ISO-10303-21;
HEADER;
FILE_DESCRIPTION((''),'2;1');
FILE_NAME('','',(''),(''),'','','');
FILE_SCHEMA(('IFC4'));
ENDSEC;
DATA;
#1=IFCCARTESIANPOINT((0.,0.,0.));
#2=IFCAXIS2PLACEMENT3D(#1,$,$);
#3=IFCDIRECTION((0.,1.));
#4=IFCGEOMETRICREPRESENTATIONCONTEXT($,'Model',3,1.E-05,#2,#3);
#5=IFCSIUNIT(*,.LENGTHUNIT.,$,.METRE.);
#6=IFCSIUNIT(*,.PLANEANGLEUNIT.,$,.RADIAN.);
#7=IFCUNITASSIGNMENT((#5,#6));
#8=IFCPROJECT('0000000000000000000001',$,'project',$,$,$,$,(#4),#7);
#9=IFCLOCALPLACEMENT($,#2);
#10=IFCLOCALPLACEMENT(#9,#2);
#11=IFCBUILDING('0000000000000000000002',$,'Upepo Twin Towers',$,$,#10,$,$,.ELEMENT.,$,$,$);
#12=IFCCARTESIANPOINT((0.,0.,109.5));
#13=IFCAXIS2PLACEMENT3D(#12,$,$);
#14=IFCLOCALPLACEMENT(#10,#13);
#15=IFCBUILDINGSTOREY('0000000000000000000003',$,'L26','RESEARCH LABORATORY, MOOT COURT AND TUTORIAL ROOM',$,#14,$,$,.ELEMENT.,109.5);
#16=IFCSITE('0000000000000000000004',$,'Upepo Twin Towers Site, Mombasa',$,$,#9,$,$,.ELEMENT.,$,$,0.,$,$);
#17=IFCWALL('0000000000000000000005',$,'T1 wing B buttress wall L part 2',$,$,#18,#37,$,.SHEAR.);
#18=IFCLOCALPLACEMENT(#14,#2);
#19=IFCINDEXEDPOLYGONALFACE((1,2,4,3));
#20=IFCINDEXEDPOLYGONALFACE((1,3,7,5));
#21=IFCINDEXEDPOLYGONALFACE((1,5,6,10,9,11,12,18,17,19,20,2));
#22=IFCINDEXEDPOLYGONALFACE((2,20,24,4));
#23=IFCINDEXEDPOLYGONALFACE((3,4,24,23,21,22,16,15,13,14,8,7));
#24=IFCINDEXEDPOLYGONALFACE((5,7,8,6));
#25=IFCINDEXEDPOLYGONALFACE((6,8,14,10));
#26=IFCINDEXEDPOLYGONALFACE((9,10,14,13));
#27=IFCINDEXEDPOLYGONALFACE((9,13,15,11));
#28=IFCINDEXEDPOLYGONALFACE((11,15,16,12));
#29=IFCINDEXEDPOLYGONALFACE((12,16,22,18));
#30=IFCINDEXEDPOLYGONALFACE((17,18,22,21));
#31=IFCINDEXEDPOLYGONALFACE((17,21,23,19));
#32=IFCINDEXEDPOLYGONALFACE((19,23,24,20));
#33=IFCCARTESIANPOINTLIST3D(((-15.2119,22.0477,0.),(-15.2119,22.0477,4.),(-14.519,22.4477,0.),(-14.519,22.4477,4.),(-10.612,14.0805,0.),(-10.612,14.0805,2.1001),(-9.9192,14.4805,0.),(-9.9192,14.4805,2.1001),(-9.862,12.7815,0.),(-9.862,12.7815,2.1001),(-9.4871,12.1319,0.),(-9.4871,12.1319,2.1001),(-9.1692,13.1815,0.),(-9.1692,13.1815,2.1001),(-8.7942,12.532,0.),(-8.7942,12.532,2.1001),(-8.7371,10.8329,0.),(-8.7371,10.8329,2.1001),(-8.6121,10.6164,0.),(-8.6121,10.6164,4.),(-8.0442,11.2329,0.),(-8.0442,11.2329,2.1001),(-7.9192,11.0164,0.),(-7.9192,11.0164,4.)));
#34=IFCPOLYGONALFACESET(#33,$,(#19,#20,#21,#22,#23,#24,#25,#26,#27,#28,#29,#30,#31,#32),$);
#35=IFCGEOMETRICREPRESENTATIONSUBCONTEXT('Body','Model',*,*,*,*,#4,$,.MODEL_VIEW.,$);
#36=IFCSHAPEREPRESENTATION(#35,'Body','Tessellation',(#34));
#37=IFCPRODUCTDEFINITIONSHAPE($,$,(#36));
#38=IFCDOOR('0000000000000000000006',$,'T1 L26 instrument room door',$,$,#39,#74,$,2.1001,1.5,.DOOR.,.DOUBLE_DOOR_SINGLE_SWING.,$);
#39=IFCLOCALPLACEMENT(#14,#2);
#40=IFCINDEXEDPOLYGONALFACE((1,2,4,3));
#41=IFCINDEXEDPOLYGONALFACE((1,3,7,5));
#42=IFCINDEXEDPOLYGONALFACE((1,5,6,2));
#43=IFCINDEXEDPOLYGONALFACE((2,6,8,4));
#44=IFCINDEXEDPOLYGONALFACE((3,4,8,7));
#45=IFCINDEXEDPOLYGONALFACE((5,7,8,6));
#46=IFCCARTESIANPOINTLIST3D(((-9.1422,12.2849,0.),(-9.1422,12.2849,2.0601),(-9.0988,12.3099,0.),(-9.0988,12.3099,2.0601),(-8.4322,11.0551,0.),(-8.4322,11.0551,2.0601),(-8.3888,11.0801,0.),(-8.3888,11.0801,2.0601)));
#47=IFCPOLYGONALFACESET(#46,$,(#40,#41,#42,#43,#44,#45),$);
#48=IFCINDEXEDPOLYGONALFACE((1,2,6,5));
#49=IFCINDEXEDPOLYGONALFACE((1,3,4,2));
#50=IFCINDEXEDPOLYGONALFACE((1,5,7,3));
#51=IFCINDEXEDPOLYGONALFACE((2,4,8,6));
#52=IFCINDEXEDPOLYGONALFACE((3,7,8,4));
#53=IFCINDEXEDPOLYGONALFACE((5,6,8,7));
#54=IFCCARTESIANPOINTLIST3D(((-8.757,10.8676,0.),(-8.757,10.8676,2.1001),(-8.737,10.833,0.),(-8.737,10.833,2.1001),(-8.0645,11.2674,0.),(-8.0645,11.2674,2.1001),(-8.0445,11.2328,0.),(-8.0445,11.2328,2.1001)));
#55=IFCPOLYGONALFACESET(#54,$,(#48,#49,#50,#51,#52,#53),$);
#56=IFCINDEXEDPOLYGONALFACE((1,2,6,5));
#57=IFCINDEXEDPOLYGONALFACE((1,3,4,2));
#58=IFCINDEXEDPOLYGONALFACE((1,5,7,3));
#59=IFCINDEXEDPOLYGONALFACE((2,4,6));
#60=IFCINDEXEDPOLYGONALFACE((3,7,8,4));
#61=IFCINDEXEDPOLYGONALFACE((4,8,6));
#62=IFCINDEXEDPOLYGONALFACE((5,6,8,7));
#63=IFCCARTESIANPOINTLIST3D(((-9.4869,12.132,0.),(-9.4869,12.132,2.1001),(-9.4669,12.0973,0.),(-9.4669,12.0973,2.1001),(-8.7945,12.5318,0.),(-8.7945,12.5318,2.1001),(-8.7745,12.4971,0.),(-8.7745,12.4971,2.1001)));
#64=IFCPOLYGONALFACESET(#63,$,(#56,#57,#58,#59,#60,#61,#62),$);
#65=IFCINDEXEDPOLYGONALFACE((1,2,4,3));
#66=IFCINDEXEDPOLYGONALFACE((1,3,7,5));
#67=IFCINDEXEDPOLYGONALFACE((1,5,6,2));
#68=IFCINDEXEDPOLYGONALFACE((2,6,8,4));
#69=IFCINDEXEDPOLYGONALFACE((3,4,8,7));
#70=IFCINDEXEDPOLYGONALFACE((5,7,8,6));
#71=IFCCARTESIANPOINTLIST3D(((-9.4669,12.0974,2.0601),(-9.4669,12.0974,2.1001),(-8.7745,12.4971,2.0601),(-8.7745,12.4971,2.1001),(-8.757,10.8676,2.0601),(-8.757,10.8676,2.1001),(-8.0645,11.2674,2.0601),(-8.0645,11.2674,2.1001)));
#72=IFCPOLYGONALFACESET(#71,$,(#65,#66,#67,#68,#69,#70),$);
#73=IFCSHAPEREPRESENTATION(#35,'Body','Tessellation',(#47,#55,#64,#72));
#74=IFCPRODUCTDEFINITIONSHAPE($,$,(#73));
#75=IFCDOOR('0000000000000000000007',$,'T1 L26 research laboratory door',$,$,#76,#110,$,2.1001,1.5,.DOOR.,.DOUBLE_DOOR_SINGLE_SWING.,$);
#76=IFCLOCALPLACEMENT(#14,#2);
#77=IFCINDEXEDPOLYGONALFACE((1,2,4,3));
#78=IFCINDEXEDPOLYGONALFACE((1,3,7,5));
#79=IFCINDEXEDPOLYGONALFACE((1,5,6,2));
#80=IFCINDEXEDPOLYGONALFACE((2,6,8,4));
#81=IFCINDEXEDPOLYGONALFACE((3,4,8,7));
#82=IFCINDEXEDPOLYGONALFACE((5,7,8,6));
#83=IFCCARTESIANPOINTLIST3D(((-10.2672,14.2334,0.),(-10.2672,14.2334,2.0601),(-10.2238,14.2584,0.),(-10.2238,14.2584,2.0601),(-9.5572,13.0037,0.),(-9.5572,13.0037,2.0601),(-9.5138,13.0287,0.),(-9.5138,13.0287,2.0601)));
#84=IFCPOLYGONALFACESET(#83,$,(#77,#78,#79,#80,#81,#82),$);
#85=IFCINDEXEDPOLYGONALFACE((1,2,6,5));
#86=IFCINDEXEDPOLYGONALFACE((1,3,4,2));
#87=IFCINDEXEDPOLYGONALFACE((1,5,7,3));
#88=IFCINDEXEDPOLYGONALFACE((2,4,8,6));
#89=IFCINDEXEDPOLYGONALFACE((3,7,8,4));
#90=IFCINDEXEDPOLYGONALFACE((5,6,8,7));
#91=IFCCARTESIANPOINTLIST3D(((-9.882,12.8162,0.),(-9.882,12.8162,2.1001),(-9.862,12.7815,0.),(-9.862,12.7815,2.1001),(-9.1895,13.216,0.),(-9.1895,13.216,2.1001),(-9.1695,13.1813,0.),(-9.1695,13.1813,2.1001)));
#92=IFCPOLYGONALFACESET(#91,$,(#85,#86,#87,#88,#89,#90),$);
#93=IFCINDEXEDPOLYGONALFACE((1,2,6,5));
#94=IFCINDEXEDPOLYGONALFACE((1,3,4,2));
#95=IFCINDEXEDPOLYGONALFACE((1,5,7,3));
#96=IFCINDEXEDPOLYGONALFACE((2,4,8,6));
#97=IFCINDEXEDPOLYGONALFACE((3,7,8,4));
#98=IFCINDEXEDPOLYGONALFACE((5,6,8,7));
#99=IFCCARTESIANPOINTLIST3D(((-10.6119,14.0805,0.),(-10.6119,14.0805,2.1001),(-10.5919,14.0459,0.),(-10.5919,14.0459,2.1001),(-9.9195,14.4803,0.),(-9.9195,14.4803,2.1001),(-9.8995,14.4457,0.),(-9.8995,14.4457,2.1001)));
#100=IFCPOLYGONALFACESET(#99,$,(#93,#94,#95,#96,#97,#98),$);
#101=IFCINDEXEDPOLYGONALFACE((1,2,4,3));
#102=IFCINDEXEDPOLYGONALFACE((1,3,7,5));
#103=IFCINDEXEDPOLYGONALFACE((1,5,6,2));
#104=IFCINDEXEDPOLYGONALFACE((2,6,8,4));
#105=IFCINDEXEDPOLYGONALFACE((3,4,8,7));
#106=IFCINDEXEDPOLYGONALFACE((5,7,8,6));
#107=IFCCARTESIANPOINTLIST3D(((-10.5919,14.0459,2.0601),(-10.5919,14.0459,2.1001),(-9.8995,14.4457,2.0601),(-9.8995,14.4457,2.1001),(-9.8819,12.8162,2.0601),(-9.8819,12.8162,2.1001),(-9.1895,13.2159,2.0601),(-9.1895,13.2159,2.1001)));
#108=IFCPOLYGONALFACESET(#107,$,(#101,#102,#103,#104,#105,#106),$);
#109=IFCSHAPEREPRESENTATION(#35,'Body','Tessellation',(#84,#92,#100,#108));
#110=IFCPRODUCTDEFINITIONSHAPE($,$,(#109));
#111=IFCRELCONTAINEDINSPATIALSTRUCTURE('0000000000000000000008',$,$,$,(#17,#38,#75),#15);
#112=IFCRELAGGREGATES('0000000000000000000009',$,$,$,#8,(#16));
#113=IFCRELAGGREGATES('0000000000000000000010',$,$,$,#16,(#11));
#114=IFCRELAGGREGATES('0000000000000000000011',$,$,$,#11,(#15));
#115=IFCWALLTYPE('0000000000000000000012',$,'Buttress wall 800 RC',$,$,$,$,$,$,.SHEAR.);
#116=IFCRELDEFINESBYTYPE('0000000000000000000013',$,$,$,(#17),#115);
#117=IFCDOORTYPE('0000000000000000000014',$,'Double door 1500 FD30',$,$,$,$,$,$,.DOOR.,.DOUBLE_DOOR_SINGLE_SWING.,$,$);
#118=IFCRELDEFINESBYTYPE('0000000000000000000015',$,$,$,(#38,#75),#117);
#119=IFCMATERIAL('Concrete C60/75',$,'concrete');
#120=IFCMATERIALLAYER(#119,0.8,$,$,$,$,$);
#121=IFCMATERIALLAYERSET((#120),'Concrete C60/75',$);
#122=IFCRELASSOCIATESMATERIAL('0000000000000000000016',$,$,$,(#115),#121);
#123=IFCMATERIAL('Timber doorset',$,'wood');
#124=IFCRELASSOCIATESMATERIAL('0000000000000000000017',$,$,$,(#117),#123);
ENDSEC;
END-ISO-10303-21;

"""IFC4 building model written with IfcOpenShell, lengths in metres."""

from ifc_helpers import new_model, si_unit, direction, frame, frame_2d, origin, place, context, subcontext, project, spatial, rectangle, extrude, material, layer, layer_set, type_object, element, fill, save


model = new_model("IFC4")

# Units and contexts
model_context = context("Model", 3, precision=1e-05, world=origin(), true_north=direction((0.0, 1.0)))
body_context = subcontext(model_context, "Body", "Model", "MODEL_VIEW")
ifc_project = project(units=[si_unit("LENGTHUNIT", "METRE"), si_unit("PLANEANGLEUNIT", "RADIAN")], contexts=[model_context])

# Site, building, storey
site_placement = place(None, origin())
site = spatial("IfcSite", under=ifc_project, at=site_placement, Name="Upepo Twin Towers Site, Mombasa", CompositionType="ELEMENT", RefElevation=0.0)
building_placement = place(site_placement, origin())
building = spatial("IfcBuilding", under=site, at=building_placement, Name="Upepo Twin Towers", CompositionType="ELEMENT")
storey_placement = place(building_placement, frame((0.0, 0.0, 109.5)))
storey = spatial("IfcBuildingStorey", under=building, at=storey_placement, Name="L26", Description="RESEARCH LABORATORY, MOOT COURT AND TUTORIAL ROOM", CompositionType="ELEMENT", Elevation=109.5)

# Wall, openings, doors
ifc_material_1 = material(Name="Concrete C60/75", Category="concrete")
ifc_layer_1 = layer(ifc_material_1, 0.8)
ifc_layer_set_1 = layer_set([ifc_layer_1], Name="Concrete C60/75")
wall_type_1 = type_object("IfcWallType", Name="Buttress wall 800 RC", PredefinedType="SHEAR", material=ifc_layer_set_1)
wall_1_placement = place(storey_placement, frame((-8.2656, 10.8164, 0.0), z_axis=(0.0, 0.0, 1.0), x_axis=(-0.499996, 0.866028, 0.0)))
wall_1 = element("IfcWall", 1, at=wall_1_placement, inside=storey, type_object=wall_type_1, Name="T1 wing B buttress wall L part 2", PredefinedType="SHEAR", context=body_context, shape_type="SweptSolid", body=[
    extrude(rectangle(XDim=13.1997, YDim=0.8, at=frame_2d((6.5999, 0.0))), origin(), (0.0, 0.0, 1.0), 4.0),
])
opening_1_placement = place(wall_1_placement, frame((0.25, 0.0, 0.0)))
opening_1 = element("IfcOpeningElement", 2, at=opening_1_placement, cuts=wall_1, PredefinedType="OPENING", context=body_context, shape_type="SweptSolid", body=[
    extrude(rectangle(XDim=1.5, YDim=2.1001, at=frame_2d((0.75, 1.05))), frame((0.0, 0.4099, 0.0), z_axis=(0.0, -1.0, 0.0), x_axis=(1.0, 0.0, 0.0)), (0.0, 0.0, 1.0), 0.8201),
])
opening_2_placement = place(wall_1_placement, frame((2.5, 0.0, 0.0)))
opening_2 = element("IfcOpeningElement", 3, at=opening_2_placement, cuts=wall_1, PredefinedType="OPENING", context=body_context, shape_type="SweptSolid", body=[
    extrude(rectangle(XDim=1.5, YDim=2.1001, at=frame_2d((0.75, 1.05))), frame((0.0, 0.4099, 0.0), z_axis=(0.0, -1.0, 0.0), x_axis=(1.0, 0.0, 0.0)), (0.0, 0.0, 1.0), 0.8201),
])
ifc_material_2 = material(Name="Timber doorset", Category="wood")
door_type_1 = type_object("IfcDoorType", Name="Double door 1500 FD30", OperationType="DOUBLE_DOOR_SINGLE_SWING", PredefinedType="DOOR", material=ifc_material_2)
door_1_placement = place(opening_1_placement, origin())
door_1 = element("IfcDoor", 4, at=door_1_placement, inside=storey, type_object=door_type_1, Name="T1 L26 instrument room door", OperationType="DOUBLE_DOOR_SINGLE_SWING", OverallHeight=2.1001, OverallWidth=1.5, PredefinedType="DOOR", context=body_context, shape_type="SweptSolid", body=[
    extrude(rectangle(XDim=1.42, YDim=2.0601, at=frame_2d((0.75, 1.03))), frame((0.0, 0.0249, 0.0), z_axis=(0.0, -1.0, 0.0), x_axis=(1.0, 0.0, 0.0)), (0.0, 0.0, 1.0), 0.05),
    extrude(rectangle(XDim=0.04, YDim=2.1001, at=frame_2d((0.02, 1.05))), frame((0.0, 0.3999, 0.0), z_axis=(0.0, -1.0, 0.0), x_axis=(1.0, 0.0, 0.0)), (0.0, 0.0, 1.0), 0.7996),
    extrude(rectangle(XDim=0.04, YDim=2.1001, at=frame_2d((1.48, 1.05))), frame((0.0, 0.3999, 0.0), z_axis=(0.0, -1.0, 0.0), x_axis=(1.0, 0.0, 0.0)), (0.0, 0.0, 1.0), 0.7996),
    extrude(rectangle(XDim=1.42, YDim=0.04, at=frame_2d((0.75, 2.0801))), frame((0.0, 0.3999, 0.0), z_axis=(0.0, -1.0, 0.0), x_axis=(1.0, 0.0, 0.0)), (0.0, 0.0, 1.0), 0.7996),
])
fill(opening_1, door_1)
door_2_placement = place(opening_2_placement, origin())
door_2 = element("IfcDoor", 5, at=door_2_placement, inside=storey, type_object=door_type_1, Name="T1 L26 research laboratory door", OperationType="DOUBLE_DOOR_SINGLE_SWING", OverallHeight=2.1001, OverallWidth=1.5, PredefinedType="DOOR", context=body_context, shape_type="SweptSolid", body=[
    extrude(rectangle(XDim=1.42, YDim=2.0601, at=frame_2d((0.75, 1.03))), frame((0.0, 0.0249, 0.0), z_axis=(0.0, -1.0, 0.0), x_axis=(1.0, 0.0, 0.0)), (0.0, 0.0, 1.0), 0.05),
    extrude(rectangle(XDim=0.04, YDim=2.1001, at=frame_2d((0.02, 1.05))), frame((0.0, 0.3999, 0.0), z_axis=(0.0, -1.0, 0.0), x_axis=(1.0, 0.0, 0.0)), (0.0, 0.0, 1.0), 0.7996),
    extrude(rectangle(XDim=0.04, YDim=2.1001, at=frame_2d((1.48, 1.05))), frame((0.0, 0.3999, 0.0), z_axis=(0.0, -1.0, 0.0), x_axis=(1.0, 0.0, 0.0)), (0.0, 0.0, 1.0), 0.7996),
    extrude(rectangle(XDim=1.42, YDim=0.04, at=frame_2d((0.75, 2.0801))), frame((0.0, 0.3999, 0.0), z_axis=(0.0, -1.0, 0.0), x_axis=(1.0, 0.0, 0.0)), (0.0, 0.0, 1.0), 0.7996),
])
fill(opening_2, door_2)

save(model, "model.ifc")
